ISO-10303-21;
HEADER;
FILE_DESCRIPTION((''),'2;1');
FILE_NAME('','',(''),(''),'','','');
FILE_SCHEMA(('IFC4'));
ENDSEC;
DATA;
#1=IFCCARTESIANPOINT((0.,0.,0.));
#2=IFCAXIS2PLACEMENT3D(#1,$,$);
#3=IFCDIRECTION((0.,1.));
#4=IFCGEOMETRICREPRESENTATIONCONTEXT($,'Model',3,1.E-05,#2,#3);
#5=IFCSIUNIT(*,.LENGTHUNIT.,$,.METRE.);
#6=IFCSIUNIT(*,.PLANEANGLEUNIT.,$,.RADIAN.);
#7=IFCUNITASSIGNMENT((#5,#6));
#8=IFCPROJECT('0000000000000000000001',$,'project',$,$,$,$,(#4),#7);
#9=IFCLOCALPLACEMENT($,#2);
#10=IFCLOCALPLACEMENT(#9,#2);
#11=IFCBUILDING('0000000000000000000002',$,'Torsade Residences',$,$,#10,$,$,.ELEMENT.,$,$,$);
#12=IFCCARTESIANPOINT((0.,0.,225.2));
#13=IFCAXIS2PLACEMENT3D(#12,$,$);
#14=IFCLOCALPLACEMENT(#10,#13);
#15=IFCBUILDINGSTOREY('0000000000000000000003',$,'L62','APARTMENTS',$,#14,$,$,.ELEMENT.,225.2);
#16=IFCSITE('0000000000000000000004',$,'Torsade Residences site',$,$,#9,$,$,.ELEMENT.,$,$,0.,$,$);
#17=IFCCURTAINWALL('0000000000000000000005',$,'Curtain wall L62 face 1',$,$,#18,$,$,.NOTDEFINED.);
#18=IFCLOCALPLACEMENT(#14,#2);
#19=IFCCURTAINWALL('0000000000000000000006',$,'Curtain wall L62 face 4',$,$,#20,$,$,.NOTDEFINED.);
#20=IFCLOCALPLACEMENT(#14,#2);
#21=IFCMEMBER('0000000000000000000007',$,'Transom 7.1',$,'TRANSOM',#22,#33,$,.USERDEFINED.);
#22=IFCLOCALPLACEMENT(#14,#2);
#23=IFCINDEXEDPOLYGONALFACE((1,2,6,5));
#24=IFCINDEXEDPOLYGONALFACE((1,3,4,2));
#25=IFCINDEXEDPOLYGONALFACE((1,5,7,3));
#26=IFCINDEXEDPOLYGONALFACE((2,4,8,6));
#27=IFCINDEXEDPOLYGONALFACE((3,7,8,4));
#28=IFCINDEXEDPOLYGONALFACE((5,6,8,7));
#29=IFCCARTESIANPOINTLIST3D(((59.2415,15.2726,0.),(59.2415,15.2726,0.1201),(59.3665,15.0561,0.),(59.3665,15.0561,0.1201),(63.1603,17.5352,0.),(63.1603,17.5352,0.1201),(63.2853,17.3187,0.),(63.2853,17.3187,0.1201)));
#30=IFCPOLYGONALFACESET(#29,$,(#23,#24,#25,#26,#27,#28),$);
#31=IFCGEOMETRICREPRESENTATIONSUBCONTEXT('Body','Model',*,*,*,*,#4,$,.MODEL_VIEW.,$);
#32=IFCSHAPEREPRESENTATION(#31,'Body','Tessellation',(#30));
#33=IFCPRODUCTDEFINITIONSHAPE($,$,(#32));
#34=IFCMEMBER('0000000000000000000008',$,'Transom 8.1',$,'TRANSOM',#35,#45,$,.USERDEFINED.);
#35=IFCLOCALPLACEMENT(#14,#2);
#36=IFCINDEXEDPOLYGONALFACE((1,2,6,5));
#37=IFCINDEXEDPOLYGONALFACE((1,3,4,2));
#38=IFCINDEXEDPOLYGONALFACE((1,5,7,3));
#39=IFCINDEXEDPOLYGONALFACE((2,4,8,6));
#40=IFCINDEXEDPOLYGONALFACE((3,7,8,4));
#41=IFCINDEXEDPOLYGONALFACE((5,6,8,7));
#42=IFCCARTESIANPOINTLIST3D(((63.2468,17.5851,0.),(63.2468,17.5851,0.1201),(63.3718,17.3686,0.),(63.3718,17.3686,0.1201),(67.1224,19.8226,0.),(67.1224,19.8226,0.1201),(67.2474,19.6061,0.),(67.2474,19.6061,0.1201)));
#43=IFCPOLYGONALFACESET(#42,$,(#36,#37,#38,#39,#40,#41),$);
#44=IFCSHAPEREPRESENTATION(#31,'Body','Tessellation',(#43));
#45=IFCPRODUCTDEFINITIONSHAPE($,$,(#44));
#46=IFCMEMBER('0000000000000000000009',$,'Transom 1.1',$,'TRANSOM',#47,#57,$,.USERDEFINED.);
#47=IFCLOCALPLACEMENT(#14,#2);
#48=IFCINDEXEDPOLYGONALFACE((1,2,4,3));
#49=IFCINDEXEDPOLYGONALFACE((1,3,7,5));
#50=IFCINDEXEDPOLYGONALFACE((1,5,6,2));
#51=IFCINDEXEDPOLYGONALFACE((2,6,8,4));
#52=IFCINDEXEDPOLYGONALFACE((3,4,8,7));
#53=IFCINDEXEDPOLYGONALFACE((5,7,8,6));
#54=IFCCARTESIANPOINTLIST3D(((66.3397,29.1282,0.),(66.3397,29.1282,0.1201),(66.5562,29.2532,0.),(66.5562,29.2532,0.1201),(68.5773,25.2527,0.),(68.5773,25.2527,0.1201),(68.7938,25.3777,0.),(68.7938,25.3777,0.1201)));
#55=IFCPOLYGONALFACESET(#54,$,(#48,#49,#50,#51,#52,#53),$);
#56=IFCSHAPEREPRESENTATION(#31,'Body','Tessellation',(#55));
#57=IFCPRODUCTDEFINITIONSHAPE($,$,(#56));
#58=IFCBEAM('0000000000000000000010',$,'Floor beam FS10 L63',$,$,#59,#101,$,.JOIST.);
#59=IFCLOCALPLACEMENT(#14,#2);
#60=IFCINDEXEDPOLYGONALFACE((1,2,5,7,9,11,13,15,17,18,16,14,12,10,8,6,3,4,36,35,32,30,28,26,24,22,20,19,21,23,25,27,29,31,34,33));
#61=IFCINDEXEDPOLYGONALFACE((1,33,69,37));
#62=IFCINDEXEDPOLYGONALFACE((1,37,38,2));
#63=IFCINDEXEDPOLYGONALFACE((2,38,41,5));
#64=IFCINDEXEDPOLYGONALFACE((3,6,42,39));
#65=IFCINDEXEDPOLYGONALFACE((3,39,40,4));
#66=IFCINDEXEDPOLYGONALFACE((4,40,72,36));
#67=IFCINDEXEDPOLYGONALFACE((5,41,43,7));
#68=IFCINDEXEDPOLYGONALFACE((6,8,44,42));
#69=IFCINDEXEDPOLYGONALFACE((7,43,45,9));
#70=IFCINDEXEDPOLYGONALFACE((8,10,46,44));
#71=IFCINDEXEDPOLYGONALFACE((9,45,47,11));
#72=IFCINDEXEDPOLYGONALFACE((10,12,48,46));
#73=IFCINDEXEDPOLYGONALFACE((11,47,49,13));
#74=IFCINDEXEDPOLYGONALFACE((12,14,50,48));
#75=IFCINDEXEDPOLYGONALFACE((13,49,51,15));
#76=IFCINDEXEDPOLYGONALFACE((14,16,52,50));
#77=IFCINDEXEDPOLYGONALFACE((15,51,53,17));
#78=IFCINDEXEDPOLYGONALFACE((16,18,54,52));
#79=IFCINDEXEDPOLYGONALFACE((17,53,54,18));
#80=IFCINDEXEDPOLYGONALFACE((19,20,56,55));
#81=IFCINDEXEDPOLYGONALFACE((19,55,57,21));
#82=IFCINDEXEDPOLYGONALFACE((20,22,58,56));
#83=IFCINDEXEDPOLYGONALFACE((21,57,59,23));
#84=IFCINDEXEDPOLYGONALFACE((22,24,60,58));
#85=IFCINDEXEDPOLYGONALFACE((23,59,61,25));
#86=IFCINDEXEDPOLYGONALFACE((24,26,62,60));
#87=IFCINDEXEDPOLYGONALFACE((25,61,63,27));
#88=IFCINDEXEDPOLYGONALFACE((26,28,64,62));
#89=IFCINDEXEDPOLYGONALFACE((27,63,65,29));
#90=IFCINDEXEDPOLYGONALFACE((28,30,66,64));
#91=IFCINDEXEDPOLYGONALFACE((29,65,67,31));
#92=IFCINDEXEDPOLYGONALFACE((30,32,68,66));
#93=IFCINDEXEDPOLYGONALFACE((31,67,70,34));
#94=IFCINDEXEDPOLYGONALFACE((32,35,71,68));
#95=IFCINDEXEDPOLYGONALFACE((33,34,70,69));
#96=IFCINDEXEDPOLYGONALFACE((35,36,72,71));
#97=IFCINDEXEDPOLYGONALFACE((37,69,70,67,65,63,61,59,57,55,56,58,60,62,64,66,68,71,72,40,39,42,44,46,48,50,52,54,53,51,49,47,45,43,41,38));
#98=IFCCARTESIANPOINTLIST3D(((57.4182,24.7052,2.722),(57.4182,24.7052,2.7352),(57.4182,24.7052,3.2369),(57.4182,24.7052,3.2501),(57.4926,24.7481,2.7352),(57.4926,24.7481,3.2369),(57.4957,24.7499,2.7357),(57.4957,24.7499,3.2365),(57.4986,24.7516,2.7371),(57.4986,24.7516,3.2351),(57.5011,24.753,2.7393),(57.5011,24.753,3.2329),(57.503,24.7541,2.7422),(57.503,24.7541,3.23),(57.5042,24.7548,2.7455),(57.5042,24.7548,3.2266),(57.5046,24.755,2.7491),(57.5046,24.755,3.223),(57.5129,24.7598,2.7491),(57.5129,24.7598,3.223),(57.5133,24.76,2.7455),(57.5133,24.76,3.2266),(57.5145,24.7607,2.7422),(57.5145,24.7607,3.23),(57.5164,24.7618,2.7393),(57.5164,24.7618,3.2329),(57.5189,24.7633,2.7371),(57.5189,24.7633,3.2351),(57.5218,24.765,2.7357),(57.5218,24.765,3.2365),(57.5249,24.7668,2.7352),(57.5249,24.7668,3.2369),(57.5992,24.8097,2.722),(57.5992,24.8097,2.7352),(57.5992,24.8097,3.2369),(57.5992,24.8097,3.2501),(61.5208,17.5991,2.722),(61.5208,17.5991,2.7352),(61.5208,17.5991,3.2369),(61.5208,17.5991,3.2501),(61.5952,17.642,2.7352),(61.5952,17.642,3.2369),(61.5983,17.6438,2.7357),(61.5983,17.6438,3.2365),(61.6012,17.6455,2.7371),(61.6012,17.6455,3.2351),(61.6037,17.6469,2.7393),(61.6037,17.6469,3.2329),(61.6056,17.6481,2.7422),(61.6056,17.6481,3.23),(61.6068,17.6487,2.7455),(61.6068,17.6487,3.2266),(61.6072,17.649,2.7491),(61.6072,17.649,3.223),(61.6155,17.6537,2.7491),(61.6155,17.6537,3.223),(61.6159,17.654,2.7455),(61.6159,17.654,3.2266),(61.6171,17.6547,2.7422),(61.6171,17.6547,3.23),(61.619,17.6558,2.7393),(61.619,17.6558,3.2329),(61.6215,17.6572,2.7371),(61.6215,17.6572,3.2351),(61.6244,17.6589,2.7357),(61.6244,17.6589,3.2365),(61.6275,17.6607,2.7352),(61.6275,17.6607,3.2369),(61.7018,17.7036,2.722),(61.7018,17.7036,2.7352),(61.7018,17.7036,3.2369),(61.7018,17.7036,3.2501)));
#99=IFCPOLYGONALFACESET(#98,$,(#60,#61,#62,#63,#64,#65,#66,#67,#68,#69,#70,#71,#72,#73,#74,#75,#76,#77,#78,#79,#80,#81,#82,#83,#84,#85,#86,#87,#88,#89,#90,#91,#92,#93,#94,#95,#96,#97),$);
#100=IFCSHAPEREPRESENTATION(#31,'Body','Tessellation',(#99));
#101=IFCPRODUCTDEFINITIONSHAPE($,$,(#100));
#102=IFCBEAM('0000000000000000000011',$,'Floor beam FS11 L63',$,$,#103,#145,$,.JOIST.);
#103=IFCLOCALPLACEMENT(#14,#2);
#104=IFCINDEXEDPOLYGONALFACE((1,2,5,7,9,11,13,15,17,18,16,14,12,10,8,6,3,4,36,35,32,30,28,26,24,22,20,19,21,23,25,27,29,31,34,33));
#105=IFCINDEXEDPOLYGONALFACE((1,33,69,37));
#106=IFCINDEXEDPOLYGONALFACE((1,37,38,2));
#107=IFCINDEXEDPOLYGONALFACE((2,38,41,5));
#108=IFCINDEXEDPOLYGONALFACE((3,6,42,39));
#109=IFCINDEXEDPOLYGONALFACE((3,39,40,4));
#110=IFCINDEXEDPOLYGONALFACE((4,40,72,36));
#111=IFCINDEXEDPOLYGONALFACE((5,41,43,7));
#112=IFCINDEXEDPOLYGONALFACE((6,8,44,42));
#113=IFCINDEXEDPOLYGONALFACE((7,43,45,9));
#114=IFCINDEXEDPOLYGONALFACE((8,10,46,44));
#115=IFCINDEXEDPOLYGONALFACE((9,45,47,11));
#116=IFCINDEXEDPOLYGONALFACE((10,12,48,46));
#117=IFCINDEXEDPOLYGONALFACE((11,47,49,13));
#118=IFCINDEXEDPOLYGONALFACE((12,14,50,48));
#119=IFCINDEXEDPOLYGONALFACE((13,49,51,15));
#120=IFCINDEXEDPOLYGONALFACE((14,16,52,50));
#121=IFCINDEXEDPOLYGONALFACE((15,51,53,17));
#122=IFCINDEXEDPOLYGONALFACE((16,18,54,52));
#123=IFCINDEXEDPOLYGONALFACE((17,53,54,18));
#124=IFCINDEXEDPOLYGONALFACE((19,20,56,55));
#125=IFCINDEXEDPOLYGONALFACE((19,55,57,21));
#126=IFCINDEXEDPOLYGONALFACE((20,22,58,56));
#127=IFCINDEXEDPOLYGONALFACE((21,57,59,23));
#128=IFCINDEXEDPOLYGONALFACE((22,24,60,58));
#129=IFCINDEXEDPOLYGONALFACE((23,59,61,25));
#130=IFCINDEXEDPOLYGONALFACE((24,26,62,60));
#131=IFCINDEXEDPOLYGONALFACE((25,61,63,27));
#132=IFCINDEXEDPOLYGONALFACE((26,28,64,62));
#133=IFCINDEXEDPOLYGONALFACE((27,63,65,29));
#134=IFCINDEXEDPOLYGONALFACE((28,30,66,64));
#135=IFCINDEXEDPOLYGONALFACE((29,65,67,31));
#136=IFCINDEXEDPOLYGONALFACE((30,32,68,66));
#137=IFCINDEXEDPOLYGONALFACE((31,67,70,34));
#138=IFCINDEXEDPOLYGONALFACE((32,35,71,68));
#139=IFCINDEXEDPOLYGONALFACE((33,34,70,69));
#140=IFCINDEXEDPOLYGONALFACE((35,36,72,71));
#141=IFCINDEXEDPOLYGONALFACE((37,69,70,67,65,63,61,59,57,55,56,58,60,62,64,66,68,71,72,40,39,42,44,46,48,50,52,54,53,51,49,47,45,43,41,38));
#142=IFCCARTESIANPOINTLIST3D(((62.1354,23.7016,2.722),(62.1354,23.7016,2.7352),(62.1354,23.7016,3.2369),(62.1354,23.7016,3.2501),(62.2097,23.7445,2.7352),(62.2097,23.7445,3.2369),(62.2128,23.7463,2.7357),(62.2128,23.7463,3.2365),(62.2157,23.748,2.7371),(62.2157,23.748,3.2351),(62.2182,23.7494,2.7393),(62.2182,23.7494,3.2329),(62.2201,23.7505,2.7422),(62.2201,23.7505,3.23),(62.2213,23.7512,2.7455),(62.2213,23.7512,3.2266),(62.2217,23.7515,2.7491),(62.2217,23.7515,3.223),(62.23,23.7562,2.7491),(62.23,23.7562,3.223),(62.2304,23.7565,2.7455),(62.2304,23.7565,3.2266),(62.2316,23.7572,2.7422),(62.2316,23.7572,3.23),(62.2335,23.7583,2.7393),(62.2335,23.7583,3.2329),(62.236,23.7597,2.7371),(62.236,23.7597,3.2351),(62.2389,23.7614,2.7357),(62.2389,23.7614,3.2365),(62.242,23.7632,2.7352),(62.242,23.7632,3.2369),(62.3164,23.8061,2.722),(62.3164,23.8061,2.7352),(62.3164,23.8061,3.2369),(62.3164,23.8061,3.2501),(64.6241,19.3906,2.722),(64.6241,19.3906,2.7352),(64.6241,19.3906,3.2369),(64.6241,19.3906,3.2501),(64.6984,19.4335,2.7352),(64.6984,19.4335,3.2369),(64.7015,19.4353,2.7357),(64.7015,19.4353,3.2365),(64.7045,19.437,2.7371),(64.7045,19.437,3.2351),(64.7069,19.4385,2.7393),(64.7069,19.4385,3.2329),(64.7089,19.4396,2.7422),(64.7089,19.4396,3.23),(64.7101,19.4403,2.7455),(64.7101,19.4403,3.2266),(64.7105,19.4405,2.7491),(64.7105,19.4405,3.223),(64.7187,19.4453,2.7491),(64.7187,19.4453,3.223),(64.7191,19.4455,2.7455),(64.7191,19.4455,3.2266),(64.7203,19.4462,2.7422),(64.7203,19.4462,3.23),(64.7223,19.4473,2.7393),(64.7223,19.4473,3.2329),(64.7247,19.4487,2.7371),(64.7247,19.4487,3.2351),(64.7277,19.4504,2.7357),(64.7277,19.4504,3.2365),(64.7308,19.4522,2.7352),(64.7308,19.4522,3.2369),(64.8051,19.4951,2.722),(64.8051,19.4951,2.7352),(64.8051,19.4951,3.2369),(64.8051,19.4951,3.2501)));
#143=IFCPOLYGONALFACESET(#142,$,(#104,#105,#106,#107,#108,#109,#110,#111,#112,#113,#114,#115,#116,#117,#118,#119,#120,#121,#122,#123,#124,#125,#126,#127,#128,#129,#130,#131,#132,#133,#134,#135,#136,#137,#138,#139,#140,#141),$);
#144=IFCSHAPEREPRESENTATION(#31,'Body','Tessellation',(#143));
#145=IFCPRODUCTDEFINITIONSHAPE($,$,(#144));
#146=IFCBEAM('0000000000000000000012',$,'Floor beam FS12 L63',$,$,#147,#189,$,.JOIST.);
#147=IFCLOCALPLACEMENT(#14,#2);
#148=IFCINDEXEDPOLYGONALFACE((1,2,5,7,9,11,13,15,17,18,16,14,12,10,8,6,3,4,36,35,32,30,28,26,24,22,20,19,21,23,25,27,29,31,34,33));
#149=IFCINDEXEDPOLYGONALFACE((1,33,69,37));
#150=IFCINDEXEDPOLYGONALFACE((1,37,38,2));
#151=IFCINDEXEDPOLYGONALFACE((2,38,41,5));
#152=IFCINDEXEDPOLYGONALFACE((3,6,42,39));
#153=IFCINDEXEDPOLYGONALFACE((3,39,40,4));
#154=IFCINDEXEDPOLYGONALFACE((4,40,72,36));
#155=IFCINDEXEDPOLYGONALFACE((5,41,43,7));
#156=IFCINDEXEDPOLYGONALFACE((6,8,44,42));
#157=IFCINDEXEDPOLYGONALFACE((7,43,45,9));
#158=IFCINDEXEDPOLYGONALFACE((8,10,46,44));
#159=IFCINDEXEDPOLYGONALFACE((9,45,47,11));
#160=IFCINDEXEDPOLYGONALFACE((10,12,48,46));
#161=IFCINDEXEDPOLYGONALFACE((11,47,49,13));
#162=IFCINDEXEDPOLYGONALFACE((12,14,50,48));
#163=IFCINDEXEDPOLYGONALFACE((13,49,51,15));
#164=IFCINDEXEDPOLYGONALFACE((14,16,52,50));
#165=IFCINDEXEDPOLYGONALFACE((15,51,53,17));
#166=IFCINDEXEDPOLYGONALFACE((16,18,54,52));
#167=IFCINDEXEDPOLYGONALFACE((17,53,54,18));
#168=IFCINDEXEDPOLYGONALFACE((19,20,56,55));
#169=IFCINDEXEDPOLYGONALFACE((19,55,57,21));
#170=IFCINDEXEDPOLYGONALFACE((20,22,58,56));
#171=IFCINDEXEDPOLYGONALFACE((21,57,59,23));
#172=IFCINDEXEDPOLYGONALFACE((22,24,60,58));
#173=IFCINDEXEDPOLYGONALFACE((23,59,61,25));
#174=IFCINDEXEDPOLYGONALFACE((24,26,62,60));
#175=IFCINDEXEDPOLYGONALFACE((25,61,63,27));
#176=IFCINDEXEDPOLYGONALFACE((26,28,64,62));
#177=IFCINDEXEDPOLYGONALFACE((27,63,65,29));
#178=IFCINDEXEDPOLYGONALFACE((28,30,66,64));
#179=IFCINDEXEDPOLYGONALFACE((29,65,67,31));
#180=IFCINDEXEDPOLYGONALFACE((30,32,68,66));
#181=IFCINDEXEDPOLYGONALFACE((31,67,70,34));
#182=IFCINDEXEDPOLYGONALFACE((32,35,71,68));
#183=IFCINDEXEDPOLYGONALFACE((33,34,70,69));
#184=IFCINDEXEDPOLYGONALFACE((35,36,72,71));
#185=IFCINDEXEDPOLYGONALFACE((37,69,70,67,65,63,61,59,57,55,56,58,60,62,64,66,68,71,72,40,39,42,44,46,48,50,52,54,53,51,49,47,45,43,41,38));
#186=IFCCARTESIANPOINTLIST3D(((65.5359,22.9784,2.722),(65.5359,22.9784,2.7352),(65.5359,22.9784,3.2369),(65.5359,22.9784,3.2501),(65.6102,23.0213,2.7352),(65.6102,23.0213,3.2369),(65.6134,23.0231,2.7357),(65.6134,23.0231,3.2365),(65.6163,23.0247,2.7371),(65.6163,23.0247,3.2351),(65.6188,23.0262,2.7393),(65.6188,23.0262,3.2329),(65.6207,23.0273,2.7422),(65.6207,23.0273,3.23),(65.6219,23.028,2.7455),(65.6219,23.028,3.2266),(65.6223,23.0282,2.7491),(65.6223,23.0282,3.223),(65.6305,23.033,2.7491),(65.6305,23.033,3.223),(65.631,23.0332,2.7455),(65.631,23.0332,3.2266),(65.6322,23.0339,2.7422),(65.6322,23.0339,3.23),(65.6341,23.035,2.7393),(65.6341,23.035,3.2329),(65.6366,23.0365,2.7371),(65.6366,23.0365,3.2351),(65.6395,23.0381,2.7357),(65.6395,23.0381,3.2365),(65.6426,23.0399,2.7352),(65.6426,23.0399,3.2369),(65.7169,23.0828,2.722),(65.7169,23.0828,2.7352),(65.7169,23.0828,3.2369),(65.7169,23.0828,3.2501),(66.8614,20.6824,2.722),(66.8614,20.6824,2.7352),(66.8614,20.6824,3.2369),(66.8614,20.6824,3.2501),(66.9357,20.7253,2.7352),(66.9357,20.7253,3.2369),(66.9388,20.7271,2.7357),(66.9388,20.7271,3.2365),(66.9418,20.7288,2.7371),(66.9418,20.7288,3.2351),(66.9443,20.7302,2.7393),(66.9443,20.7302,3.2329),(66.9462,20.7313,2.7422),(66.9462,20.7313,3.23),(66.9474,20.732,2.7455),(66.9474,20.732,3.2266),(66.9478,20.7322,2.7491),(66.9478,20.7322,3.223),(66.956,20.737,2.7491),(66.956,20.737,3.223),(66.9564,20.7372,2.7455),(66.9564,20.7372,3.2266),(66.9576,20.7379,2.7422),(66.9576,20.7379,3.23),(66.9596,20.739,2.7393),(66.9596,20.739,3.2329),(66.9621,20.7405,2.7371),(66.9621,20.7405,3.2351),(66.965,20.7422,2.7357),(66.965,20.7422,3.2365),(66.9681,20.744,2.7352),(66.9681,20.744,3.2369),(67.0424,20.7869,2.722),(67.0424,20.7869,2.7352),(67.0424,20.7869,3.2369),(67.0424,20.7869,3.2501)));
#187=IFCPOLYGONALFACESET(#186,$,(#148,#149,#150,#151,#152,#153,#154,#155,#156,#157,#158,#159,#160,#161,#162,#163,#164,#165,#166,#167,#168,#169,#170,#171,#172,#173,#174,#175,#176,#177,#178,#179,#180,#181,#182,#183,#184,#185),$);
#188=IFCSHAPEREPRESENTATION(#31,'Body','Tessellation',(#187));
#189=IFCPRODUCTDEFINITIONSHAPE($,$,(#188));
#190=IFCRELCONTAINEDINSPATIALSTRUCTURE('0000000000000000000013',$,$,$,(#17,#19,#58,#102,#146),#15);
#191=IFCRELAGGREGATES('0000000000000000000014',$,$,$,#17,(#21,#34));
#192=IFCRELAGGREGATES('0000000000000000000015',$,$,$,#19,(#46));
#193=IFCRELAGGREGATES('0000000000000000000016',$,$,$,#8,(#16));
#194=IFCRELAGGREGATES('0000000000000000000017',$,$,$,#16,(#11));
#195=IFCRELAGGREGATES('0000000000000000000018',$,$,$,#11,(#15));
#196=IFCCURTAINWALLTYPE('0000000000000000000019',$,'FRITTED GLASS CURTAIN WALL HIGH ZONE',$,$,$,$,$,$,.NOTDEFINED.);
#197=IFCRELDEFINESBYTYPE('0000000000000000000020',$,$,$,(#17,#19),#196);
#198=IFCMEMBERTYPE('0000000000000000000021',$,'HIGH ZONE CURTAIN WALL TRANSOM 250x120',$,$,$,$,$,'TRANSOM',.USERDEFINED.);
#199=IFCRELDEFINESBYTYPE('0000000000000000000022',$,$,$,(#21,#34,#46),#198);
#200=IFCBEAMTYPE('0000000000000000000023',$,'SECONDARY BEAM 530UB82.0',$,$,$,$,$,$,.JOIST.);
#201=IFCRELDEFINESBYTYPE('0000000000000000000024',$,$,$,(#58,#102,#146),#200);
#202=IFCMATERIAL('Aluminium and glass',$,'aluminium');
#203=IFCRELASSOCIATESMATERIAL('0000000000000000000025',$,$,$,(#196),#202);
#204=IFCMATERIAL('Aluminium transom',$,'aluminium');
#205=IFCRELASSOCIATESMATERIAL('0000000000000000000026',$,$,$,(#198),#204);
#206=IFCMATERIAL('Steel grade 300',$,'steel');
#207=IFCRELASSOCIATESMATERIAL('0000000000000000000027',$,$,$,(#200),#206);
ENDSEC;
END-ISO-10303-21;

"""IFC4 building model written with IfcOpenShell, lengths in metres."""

from ifc_helpers import new_model, si_unit, direction, frame, origin, origin_2d, place, context, subcontext, project, spatial, rectangle, i_section, extrude, material, material_profile, profile_set, type_object, element, aggregate, save


model = new_model("IFC4")

# Units and contexts
model_context = context("Model", 3, precision=1e-05, world=origin(), true_north=direction((0.0, 1.0)))
body_context = subcontext(model_context, "Body", "Model", "MODEL_VIEW")
ifc_project = project(units=[si_unit("LENGTHUNIT", "METRE"), si_unit("PLANEANGLEUNIT", "RADIAN")], contexts=[model_context])

# Site, building, storey
site_placement = place(None, origin())
site = spatial("IfcSite", under=ifc_project, at=site_placement, Name="Torsade Residences site", CompositionType="ELEMENT", RefElevation=0.0)
building_placement = place(site_placement, origin())
building = spatial("IfcBuilding", under=site, at=building_placement, Name="Torsade Residences", CompositionType="ELEMENT")
storey_placement = place(building_placement, frame((0.0, 0.0, 225.2)))
storey = spatial("IfcBuildingStorey", under=building, at=storey_placement, Name="L62", Description="APARTMENTS", CompositionType="ELEMENT", Elevation=225.2)

# Curtain wall
ifc_material_1 = material(Name="Aluminium and glass", Category="aluminium")
curtain_wall_type = type_object("IfcCurtainWallType", Name="FRITTED GLASS CURTAIN WALL HIGH ZONE", PredefinedType="NOTDEFINED", material=ifc_material_1)
curtain_wall_1_placement = place(storey_placement, origin())
curtain_wall_1 = element("IfcCurtainWall", 1, at=curtain_wall_1_placement, inside=storey, type_object=curtain_wall_type, Name="Curtain wall L62 face 1", PredefinedType="NOTDEFINED")

# Curtain wall
curtain_wall_2_placement = place(storey_placement, origin())
curtain_wall_2 = element("IfcCurtainWall", 2, at=curtain_wall_2_placement, inside=storey, type_object=curtain_wall_type, Name="Curtain wall L62 face 4", PredefinedType="NOTDEFINED")

# Members
ifc_material_2 = material(Name="Aluminium transom", Category="aluminium")
ifc_material_profile_1 = material_profile(ifc_material_2, rectangle(XDim=0.25, YDim=0.1201, at=origin_2d()), Name="HIGH ZONE CURTAIN WALL TRANSOM 250x120")
ifc_profile_set_1 = profile_set([ifc_material_profile_1], Name="Aluminium transom")
member_type_1 = type_object("IfcMemberType", Name="HIGH ZONE CURTAIN WALL TRANSOM 250x120", ElementType="TRANSOM", PredefinedType="USERDEFINED", material=ifc_profile_set_1)
member_1_placement = place(storey_placement, frame((59.304, 15.1643, 0.0601), z_axis=(0.866017, 0.500015, 0.0), x_axis=(-0.500015, 0.866017, 0.0)))
member_1 = element("IfcMember", 3, at=member_1_placement, type_object=member_type_1, Name="Transom 7.1", ObjectType="TRANSOM", PredefinedType="USERDEFINED", context=body_context, shape_type="SweptSolid", body=[
    extrude(rectangle(XDim=0.25, YDim=0.1201, at=origin_2d()), origin(), (0.0, 0.0, 1.0), 4.5251),
])
member_2_placement = place(storey_placement, frame((63.3093, 17.4768, 0.0601), z_axis=(0.866022, 0.500006, 0.0), x_axis=(-0.500006, 0.866022, 0.0)))
member_2 = element("IfcMember", 4, at=member_2_placement, type_object=member_type_1, Name="Transom 8.1", ObjectType="TRANSOM", PredefinedType="USERDEFINED", context=body_context, shape_type="SweptSolid", body=[
    extrude(rectangle(XDim=0.25, YDim=0.1201, at=origin_2d()), origin(), (0.0, 0.0, 1.0), 4.4751),
])
member_3_placement = place(storey_placement, frame((68.6855, 25.3152, 0.0601), z_axis=(-0.500006, 0.866022, 0.0), x_axis=(-0.866022, -0.500006, 0.0)))
member_3 = element("IfcMember", 5, at=member_3_placement, type_object=member_type_1, Name="Transom 1.1", ObjectType="TRANSOM", PredefinedType="USERDEFINED", context=body_context, shape_type="SweptSolid", body=[
    extrude(rectangle(XDim=0.25, YDim=0.1201, at=origin_2d()), origin(), (0.0, 0.0, 1.0), 4.4751),
])

# Beams
ifc_material_3 = material(Name="Steel grade 300", Category="steel")
ifc_material_profile_2 = material_profile(ifc_material_3, i_section(OverallWidth=0.209, OverallDepth=0.5281, WebThickness=0.0095, FlangeThickness=0.0132, FilletRadius=0.0139, at=origin_2d()), Name="530UB82.0")
ifc_profile_set_2 = profile_set([ifc_material_profile_2], Name="Steel grade 300")
beam_type_1 = type_object("IfcBeamType", Name="SECONDARY BEAM 530UB82.0", PredefinedType="JOIST", material=ifc_profile_set_2)
beam_1_placement = place(storey_placement, frame((61.6113, 17.6514, 2.9861), z_axis=(-0.499992, 0.86603, 0.0), x_axis=(-0.86603, -0.499992, 0.0)))
element("IfcBeam", 6, at=beam_1_placement, inside=storey, type_object=beam_type_1, Name="Floor beam FS10 L63", PredefinedType="JOIST", context=body_context, shape_type="SweptSolid", body=[
    extrude(i_section(OverallWidth=0.209, OverallDepth=0.5281, WebThickness=0.0095, FlangeThickness=0.0132, FilletRadius=0.0139, at=origin_2d()), origin(), (0.0, 0.0, 1.0), 8.2053),
])
beam_2_placement = place(storey_placement, frame((64.7146, 19.4429, 2.9861), z_axis=(-0.499969, 0.866043, 0.0), x_axis=(-0.866043, -0.499969, 0.0)))
element("IfcBeam", 7, at=beam_2_placement, inside=storey, type_object=beam_type_1, Name="Floor beam FS11 L63", PredefinedType="JOIST", context=body_context, shape_type="SweptSolid", body=[
    extrude(i_section(OverallWidth=0.209, OverallDepth=0.5281, WebThickness=0.0095, FlangeThickness=0.0132, FilletRadius=0.0139, at=origin_2d()), origin(), (0.0, 0.0, 1.0), 4.9778),
])
beam_3_placement = place(storey_placement, frame((66.9519, 20.7346, 2.9861), z_axis=(-0.499972, 0.866041, 0.0), x_axis=(-0.866041, -0.499972, 0.0)))
element("IfcBeam", 8, at=beam_3_placement, inside=storey, type_object=beam_type_1, Name="Floor beam FS12 L63", PredefinedType="JOIST", context=body_context, shape_type="SweptSolid", body=[
    extrude(i_section(OverallWidth=0.209, OverallDepth=0.5281, WebThickness=0.0095, FlangeThickness=0.0132, FilletRadius=0.0139, at=origin_2d()), origin(), (0.0, 0.0, 1.0), 2.6511),
])

aggregate(curtain_wall_1, [member_1, member_2])
aggregate(curtain_wall_2, [member_3])

save(model, "model.ifc")
